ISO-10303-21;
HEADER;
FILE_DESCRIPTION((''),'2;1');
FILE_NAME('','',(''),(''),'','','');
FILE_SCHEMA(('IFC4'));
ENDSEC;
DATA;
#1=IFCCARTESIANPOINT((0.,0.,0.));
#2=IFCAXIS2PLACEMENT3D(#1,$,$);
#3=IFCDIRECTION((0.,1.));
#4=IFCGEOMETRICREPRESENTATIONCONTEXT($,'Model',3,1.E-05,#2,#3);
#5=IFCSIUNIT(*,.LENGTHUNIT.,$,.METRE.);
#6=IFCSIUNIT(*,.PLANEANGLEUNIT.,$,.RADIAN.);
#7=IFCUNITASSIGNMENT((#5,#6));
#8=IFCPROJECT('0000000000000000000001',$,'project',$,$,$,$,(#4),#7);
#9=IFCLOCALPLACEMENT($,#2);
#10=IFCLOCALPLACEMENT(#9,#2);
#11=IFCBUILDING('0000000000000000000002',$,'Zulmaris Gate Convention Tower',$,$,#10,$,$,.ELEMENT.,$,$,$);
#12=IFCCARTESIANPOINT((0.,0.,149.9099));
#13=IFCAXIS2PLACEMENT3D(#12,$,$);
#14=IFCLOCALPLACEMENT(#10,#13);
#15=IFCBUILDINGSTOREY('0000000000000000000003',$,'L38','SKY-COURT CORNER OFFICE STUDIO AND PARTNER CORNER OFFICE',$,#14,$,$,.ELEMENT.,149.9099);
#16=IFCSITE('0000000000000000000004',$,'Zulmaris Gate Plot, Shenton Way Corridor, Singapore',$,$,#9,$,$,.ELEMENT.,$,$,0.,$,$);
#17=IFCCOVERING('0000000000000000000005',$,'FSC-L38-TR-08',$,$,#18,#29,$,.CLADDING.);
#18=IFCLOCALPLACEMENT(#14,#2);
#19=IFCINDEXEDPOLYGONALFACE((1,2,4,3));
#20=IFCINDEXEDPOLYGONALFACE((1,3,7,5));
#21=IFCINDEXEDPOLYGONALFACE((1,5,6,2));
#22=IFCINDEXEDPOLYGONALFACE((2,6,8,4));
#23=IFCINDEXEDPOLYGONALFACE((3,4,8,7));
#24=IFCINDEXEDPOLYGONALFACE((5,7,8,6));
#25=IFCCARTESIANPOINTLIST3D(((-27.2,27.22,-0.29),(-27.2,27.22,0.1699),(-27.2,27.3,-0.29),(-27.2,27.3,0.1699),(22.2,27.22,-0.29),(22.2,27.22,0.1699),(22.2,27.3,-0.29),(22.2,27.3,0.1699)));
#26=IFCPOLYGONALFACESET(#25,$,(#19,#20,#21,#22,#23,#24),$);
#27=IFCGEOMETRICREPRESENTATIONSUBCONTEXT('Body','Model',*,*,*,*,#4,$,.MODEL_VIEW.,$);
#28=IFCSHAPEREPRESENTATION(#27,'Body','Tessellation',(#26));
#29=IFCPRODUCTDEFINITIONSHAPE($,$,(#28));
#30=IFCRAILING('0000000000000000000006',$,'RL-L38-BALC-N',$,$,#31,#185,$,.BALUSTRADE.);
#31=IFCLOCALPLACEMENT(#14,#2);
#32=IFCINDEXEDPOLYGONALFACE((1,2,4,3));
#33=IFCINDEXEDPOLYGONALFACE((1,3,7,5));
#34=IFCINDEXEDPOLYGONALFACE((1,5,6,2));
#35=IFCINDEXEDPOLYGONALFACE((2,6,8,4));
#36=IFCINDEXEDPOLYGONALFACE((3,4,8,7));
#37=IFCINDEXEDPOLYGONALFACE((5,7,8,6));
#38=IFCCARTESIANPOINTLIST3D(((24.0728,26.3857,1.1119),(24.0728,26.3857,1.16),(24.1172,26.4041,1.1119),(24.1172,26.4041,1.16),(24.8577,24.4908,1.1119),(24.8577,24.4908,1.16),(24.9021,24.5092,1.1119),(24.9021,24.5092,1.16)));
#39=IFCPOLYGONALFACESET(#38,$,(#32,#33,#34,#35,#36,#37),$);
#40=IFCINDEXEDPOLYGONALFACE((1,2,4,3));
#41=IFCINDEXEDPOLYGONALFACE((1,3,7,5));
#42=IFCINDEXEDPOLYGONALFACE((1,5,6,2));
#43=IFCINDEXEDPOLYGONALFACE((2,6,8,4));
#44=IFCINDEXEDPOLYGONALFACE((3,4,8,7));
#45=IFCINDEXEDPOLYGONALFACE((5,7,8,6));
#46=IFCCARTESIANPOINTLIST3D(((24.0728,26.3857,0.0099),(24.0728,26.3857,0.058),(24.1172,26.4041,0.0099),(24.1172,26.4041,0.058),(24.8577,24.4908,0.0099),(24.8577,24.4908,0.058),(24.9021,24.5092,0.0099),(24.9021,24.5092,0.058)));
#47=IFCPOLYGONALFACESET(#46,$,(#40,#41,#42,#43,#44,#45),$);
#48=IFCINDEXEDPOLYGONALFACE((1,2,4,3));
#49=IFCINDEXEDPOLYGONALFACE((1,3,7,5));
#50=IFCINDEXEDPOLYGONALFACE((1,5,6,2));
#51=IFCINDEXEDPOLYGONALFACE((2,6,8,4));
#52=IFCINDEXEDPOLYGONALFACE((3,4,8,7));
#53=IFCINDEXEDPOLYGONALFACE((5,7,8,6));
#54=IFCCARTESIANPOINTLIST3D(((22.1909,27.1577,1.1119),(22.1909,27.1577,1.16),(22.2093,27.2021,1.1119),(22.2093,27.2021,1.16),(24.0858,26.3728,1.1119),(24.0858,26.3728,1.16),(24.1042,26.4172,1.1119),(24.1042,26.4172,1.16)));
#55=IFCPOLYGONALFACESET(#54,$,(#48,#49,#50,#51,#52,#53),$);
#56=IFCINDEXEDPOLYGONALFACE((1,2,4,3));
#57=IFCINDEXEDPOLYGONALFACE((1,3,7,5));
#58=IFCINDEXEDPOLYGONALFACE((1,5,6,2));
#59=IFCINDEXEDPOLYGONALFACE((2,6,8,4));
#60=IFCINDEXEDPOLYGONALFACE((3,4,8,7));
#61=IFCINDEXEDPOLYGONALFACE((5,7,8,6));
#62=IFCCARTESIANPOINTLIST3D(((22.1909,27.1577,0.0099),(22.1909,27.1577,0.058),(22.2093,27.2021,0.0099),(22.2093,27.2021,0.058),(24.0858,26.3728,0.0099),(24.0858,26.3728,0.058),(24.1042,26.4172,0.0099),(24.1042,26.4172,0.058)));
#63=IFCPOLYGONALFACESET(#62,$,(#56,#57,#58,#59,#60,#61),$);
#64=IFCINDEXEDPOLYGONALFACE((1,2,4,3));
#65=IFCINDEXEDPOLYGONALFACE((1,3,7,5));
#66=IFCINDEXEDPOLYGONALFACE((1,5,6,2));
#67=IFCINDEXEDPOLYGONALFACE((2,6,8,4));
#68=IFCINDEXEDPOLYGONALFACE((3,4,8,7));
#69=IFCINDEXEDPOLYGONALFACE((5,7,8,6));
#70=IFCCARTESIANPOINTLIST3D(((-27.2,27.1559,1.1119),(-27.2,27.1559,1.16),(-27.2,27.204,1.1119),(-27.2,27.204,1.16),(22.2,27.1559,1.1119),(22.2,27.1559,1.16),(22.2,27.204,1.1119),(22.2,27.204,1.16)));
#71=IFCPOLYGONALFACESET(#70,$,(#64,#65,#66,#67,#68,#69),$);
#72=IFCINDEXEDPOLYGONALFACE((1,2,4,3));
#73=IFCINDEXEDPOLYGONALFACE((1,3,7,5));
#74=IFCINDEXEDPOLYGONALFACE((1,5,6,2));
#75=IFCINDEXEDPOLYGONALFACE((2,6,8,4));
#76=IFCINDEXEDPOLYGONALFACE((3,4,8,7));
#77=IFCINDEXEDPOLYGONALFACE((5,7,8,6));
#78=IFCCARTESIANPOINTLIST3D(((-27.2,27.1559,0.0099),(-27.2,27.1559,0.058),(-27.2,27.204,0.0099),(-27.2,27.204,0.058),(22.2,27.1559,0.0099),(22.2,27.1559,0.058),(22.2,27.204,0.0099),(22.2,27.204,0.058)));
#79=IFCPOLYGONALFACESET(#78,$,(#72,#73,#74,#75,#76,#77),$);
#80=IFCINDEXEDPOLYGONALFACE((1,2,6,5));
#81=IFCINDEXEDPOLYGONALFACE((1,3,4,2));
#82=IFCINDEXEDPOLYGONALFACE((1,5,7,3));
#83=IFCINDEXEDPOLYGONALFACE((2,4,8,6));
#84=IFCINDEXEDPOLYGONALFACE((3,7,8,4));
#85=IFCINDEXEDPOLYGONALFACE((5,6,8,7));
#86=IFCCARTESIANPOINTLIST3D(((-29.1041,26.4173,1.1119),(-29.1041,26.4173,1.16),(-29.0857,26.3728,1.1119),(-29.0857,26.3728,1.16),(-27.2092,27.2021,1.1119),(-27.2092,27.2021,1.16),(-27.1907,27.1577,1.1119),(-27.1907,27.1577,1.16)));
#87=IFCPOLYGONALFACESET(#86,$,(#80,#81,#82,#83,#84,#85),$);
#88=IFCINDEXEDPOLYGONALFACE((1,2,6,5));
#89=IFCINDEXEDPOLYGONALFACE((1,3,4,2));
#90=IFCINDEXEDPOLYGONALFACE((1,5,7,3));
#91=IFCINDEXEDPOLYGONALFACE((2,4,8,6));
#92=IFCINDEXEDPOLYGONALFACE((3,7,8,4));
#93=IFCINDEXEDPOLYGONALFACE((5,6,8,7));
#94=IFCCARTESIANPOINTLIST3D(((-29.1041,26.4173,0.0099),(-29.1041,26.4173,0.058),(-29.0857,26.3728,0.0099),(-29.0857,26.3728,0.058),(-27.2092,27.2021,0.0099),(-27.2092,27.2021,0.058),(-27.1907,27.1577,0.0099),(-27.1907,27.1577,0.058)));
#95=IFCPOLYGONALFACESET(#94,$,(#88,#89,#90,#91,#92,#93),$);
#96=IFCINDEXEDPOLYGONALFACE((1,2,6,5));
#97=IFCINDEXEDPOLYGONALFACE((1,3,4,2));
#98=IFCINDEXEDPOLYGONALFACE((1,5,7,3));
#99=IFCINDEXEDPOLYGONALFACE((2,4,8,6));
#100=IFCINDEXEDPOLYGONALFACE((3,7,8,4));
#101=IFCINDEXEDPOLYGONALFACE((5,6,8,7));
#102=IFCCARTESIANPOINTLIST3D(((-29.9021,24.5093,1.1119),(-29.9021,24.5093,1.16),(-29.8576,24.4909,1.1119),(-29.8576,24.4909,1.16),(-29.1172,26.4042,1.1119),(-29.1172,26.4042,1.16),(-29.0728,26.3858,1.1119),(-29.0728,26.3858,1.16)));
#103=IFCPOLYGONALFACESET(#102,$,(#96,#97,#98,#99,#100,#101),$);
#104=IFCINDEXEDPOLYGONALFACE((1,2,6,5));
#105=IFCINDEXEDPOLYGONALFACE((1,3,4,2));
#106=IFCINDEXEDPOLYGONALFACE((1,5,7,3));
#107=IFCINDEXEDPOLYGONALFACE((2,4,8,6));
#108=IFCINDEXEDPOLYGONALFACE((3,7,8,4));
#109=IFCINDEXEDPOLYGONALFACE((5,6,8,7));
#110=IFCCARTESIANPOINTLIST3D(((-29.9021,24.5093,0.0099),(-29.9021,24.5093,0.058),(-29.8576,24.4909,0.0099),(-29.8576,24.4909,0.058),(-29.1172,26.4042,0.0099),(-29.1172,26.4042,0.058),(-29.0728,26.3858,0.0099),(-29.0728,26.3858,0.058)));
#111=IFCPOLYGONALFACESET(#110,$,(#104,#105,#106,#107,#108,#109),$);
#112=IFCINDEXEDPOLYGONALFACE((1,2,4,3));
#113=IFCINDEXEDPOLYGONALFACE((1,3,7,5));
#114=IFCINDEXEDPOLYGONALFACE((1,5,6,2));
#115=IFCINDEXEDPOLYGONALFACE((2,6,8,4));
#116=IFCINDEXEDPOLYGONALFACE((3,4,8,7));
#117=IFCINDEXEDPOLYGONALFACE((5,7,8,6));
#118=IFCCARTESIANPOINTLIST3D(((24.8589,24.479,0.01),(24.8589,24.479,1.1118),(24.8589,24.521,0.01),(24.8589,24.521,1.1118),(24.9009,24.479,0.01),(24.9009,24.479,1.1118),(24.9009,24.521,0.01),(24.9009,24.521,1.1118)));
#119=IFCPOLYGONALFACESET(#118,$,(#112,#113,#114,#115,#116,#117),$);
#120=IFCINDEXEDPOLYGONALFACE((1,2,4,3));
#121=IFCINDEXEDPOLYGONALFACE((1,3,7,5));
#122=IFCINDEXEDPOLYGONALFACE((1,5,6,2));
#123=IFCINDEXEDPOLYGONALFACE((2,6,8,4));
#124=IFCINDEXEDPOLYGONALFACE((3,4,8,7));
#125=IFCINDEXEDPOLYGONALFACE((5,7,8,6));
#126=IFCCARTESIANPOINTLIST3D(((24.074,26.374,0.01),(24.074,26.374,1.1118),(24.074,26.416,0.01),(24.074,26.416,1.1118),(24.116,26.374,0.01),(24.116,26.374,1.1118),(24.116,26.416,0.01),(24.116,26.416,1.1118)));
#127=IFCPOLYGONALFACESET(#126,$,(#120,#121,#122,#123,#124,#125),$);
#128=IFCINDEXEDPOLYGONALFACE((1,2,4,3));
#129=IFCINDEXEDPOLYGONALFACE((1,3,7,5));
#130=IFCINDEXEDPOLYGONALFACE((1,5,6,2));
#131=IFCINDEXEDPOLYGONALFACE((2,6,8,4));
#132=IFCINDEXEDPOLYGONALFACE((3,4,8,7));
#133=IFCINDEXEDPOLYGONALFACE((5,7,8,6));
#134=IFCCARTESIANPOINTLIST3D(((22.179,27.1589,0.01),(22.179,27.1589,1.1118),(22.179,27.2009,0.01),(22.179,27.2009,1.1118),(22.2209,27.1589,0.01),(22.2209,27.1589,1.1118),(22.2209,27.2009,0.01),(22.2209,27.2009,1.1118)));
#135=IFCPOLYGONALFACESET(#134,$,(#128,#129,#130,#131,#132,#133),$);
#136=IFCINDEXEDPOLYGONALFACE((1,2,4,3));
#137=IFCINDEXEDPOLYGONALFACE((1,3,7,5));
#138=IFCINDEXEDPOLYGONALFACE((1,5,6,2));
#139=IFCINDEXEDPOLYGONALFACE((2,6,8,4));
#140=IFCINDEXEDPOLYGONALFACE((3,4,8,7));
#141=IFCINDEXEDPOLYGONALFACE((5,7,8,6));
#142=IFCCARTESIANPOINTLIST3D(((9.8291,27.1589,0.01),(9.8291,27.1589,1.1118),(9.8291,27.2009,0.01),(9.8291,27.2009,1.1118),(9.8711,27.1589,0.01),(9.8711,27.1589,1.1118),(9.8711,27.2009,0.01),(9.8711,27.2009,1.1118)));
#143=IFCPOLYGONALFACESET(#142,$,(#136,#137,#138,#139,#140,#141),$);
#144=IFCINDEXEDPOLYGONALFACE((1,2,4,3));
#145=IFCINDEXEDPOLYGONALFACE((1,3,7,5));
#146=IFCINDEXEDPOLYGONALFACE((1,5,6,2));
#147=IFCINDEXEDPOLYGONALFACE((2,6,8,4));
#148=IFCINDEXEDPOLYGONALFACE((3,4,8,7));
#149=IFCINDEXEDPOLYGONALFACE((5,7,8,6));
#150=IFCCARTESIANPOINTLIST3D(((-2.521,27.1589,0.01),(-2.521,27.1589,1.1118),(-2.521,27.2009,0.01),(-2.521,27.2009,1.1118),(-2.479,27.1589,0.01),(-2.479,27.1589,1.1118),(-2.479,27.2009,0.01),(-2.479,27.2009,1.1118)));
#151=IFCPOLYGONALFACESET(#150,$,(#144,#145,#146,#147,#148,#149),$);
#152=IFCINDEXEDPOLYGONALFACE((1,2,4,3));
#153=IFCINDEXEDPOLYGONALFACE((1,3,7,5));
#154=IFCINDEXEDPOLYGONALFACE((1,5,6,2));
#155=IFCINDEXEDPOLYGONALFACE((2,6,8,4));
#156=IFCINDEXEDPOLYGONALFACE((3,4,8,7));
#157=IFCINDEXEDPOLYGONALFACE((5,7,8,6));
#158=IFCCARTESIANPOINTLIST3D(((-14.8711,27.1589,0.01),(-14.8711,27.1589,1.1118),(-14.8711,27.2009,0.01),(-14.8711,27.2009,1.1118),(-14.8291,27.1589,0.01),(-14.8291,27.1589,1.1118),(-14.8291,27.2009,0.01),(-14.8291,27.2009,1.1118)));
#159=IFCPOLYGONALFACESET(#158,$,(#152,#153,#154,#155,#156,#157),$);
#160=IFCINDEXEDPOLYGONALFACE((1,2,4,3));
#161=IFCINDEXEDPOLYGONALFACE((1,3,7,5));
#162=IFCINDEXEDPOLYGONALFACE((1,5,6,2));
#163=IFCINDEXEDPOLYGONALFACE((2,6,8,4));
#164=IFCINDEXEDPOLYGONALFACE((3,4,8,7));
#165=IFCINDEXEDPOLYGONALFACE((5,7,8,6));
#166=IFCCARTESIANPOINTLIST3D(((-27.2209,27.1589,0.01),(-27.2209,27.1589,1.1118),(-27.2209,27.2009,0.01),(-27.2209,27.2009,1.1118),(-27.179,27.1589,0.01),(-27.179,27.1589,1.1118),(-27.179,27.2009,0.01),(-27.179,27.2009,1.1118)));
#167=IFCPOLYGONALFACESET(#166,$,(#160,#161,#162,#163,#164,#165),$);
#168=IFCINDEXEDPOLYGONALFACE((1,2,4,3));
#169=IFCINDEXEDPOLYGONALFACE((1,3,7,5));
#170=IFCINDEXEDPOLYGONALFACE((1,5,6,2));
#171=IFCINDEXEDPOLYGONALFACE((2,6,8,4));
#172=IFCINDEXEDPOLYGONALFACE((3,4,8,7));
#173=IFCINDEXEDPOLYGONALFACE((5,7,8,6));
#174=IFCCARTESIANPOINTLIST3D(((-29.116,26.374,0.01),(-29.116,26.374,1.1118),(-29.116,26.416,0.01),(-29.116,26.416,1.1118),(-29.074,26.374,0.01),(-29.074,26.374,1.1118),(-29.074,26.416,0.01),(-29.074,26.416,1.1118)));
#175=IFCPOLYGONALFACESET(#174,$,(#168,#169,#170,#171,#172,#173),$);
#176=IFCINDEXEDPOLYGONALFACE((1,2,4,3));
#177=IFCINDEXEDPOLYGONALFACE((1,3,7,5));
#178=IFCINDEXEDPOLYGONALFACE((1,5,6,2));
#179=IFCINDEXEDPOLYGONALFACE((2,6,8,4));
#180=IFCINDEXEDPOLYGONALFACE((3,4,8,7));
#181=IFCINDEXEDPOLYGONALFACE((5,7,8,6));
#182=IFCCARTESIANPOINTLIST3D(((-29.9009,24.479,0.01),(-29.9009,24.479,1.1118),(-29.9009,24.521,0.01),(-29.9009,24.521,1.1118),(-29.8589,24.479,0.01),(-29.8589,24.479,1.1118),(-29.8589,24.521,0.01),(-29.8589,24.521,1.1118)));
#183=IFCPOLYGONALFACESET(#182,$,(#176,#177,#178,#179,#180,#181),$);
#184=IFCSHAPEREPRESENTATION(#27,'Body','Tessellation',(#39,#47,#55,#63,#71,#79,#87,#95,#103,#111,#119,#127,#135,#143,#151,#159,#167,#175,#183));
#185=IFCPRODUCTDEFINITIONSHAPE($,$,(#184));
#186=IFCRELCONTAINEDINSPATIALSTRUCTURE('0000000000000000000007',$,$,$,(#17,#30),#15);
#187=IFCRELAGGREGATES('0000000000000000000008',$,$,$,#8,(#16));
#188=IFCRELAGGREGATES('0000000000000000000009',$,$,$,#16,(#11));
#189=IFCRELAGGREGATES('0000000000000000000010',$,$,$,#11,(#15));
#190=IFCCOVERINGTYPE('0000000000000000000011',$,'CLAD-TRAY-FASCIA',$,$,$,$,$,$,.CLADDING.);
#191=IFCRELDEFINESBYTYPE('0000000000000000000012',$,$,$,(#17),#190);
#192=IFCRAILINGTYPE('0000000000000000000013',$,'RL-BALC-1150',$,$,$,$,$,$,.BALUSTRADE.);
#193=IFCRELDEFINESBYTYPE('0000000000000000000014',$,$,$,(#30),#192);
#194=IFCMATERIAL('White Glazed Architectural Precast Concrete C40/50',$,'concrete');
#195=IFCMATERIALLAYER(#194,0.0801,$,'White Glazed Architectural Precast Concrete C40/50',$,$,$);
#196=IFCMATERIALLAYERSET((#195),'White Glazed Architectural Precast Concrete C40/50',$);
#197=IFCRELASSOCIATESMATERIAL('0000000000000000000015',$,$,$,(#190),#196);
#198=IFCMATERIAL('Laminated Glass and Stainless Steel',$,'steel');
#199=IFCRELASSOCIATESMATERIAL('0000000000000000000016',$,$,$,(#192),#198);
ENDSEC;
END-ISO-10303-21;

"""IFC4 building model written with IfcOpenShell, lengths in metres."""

from ifc_helpers import new_model, si_unit, direction, frame, frame_2d, origin, origin_2d, place, context, subcontext, project, spatial, rectangle, extrude, material, layer, layer_set, type_object, element, save


model = new_model("IFC4")

# Units and contexts
model_context = context("Model", 3, precision=1e-05, world=origin(), true_north=direction((0.0, 1.0)))
body_context = subcontext(model_context, "Body", "Model", "MODEL_VIEW")
ifc_project = project(units=[si_unit("LENGTHUNIT", "METRE"), si_unit("PLANEANGLEUNIT", "RADIAN")], contexts=[model_context])

# Site, building, storey
site_placement = place(None, origin())
site = spatial("IfcSite", under=ifc_project, at=site_placement, Name="Zulmaris Gate Plot, Shenton Way Corridor, Singapore", CompositionType="ELEMENT", RefElevation=0.0)
building_placement = place(site_placement, origin())
building = spatial("IfcBuilding", under=site, at=building_placement, Name="Zulmaris Gate Convention Tower", CompositionType="ELEMENT")
storey_placement = place(building_placement, frame((0.0, 0.0, 149.9099)))
storey = spatial("IfcBuildingStorey", under=building, at=storey_placement, Name="L38", Description="SKY-COURT CORNER OFFICE STUDIO AND PARTNER CORNER OFFICE", CompositionType="ELEMENT", Elevation=149.9099)

# Covering
ifc_material_1 = material(Name="White Glazed Architectural Precast Concrete C40/50", Category="concrete")
ifc_layer_1 = layer(ifc_material_1, 0.0801, Name="White Glazed Architectural Precast Concrete C40/50")
ifc_layer_set_1 = layer_set([ifc_layer_1], Name="White Glazed Architectural Precast Concrete C40/50")
covering_type_1 = type_object("IfcCoveringType", Name="CLAD-TRAY-FASCIA", PredefinedType="CLADDING", material=ifc_layer_set_1)
covering_1_placement = place(storey_placement, frame((22.2, 27.26, -0.29), z_axis=(0.0, 0.0, 1.0), x_axis=(-1.0, 0.0, 0.0)))
element("IfcCovering", 1, at=covering_1_placement, inside=storey, type_object=covering_type_1, Name="FSC-L38-TR-08", PredefinedType="CLADDING", context=body_context, shape_type="SweptSolid", body=[
    extrude(rectangle(XDim=49.3999, YDim=0.0801, at=frame_2d((24.7, 0.0))), origin(), (0.0, 0.0, 1.0), 0.46),
])

# Railing
ifc_material_2 = material(Name="Laminated Glass and Stainless Steel", Category="steel")
railing_type = type_object("IfcRailingType", Name="RL-BALC-1150", PredefinedType="BALUSTRADE", material=ifc_material_2)
railing_placement = place(storey_placement, frame((24.8799, 24.5, 0.01)))
element("IfcRailing", 2, at=railing_placement, inside=storey, type_object=railing_type, Name="RL-L38-BALC-N", PredefinedType="BALUSTRADE", context=body_context, shape_type="SweptSolid", body=[
    extrude(rectangle(XDim=0.0481, YDim=0.0481, at=origin_2d()), frame((0.0, 0.0, 1.126), z_axis=(-0.382671, 0.923885, 0.0), x_axis=(-0.923885, -0.382671, 0.0)), (0.0, 0.0, 1.0), 2.051),
    extrude(rectangle(XDim=0.0481, YDim=0.0481, at=origin_2d()), frame((0.0, 0.0, 0.0239), z_axis=(-0.382671, 0.923885, 0.0), x_axis=(-0.923885, -0.382671, 0.0)), (0.0, 0.0, 1.0), 2.051),
    extrude(rectangle(XDim=0.0481, YDim=0.0481, at=origin_2d()), frame((-0.7849, 1.895, 1.126), z_axis=(-0.923885, 0.382671, 0.0), x_axis=(-0.382671, -0.923885, 0.0)), (0.0, 0.0, 1.0), 2.051),
    extrude(rectangle(XDim=0.0481, YDim=0.0481, at=origin_2d()), frame((-0.7849, 1.895, 0.0239), z_axis=(-0.923885, 0.382671, 0.0), x_axis=(-0.382671, -0.923885, 0.0)), (0.0, 0.0, 1.0), 2.051),
    extrude(rectangle(XDim=0.0481, YDim=0.0481, at=origin_2d()), frame((-2.6799, 2.6799, 1.126), z_axis=(-1.0, 0.0, 0.0), x_axis=(0.0, -1.0, 0.0)), (0.0, 0.0, 1.0), 49.3999),
    extrude(rectangle(XDim=0.0481, YDim=0.0481, at=origin_2d()), frame((-2.6799, 2.6799, 0.0239), z_axis=(-1.0, 0.0, 0.0), x_axis=(0.0, -1.0, 0.0)), (0.0, 0.0, 1.0), 49.3999),
    extrude(rectangle(XDim=0.0481, YDim=0.0481, at=origin_2d()), frame((-52.0798, 2.6799, 1.126), z_axis=(-0.923885, -0.382671, 0.0), x_axis=(0.382671, -0.923885, 0.0)), (0.0, 0.0, 1.0), 2.051),
    extrude(rectangle(XDim=0.0481, YDim=0.0481, at=origin_2d()), frame((-52.0798, 2.6799, 0.0239), z_axis=(-0.923885, -0.382671, 0.0), x_axis=(0.382671, -0.923885, 0.0)), (0.0, 0.0, 1.0), 2.051),
    extrude(rectangle(XDim=0.0481, YDim=0.0481, at=origin_2d()), frame((-53.9749, 1.895, 1.126), z_axis=(-0.382671, -0.923885, 0.0), x_axis=(0.923885, -0.382671, 0.0)), (0.0, 0.0, 1.0), 2.051),
    extrude(rectangle(XDim=0.0481, YDim=0.0481, at=origin_2d()), frame((-53.9749, 1.895, 0.0239), z_axis=(-0.382671, -0.923885, 0.0), x_axis=(0.923885, -0.382671, 0.0)), (0.0, 0.0, 1.0), 2.051),
    extrude(rectangle(XDim=0.042, YDim=0.042, at=origin_2d()), origin(), (0.0, 0.0, 1.0), 1.1018),
    extrude(rectangle(XDim=0.042, YDim=0.042, at=origin_2d()), frame((-0.7849, 1.895, 0.0)), (0.0, 0.0, 1.0), 1.1018),
    extrude(rectangle(XDim=0.042, YDim=0.042, at=origin_2d()), frame((-2.6799, 2.6799, 0.0)), (0.0, 0.0, 1.0), 1.1018),
    extrude(rectangle(XDim=0.042, YDim=0.042, at=origin_2d()), frame((-15.0298, 2.6799, 0.0)), (0.0, 0.0, 1.0), 1.1018),
    extrude(rectangle(XDim=0.042, YDim=0.042, at=origin_2d()), frame((-27.3799, 2.6799, 0.0)), (0.0, 0.0, 1.0), 1.1018),
    extrude(rectangle(XDim=0.042, YDim=0.042, at=origin_2d()), frame((-39.73, 2.6799, 0.0)), (0.0, 0.0, 1.0), 1.1018),
    extrude(rectangle(XDim=0.042, YDim=0.042, at=origin_2d()), frame((-52.0798, 2.6799, 0.0)), (0.0, 0.0, 1.0), 1.1018),
    extrude(rectangle(XDim=0.042, YDim=0.042, at=origin_2d()), frame((-53.9749, 1.895, 0.0)), (0.0, 0.0, 1.0), 1.1018),
    extrude(rectangle(XDim=0.042, YDim=0.042, at=origin_2d()), frame((-54.7598, 0.0, 0.0)), (0.0, 0.0, 1.0), 1.1018),
])

save(model, "model.ifc")
